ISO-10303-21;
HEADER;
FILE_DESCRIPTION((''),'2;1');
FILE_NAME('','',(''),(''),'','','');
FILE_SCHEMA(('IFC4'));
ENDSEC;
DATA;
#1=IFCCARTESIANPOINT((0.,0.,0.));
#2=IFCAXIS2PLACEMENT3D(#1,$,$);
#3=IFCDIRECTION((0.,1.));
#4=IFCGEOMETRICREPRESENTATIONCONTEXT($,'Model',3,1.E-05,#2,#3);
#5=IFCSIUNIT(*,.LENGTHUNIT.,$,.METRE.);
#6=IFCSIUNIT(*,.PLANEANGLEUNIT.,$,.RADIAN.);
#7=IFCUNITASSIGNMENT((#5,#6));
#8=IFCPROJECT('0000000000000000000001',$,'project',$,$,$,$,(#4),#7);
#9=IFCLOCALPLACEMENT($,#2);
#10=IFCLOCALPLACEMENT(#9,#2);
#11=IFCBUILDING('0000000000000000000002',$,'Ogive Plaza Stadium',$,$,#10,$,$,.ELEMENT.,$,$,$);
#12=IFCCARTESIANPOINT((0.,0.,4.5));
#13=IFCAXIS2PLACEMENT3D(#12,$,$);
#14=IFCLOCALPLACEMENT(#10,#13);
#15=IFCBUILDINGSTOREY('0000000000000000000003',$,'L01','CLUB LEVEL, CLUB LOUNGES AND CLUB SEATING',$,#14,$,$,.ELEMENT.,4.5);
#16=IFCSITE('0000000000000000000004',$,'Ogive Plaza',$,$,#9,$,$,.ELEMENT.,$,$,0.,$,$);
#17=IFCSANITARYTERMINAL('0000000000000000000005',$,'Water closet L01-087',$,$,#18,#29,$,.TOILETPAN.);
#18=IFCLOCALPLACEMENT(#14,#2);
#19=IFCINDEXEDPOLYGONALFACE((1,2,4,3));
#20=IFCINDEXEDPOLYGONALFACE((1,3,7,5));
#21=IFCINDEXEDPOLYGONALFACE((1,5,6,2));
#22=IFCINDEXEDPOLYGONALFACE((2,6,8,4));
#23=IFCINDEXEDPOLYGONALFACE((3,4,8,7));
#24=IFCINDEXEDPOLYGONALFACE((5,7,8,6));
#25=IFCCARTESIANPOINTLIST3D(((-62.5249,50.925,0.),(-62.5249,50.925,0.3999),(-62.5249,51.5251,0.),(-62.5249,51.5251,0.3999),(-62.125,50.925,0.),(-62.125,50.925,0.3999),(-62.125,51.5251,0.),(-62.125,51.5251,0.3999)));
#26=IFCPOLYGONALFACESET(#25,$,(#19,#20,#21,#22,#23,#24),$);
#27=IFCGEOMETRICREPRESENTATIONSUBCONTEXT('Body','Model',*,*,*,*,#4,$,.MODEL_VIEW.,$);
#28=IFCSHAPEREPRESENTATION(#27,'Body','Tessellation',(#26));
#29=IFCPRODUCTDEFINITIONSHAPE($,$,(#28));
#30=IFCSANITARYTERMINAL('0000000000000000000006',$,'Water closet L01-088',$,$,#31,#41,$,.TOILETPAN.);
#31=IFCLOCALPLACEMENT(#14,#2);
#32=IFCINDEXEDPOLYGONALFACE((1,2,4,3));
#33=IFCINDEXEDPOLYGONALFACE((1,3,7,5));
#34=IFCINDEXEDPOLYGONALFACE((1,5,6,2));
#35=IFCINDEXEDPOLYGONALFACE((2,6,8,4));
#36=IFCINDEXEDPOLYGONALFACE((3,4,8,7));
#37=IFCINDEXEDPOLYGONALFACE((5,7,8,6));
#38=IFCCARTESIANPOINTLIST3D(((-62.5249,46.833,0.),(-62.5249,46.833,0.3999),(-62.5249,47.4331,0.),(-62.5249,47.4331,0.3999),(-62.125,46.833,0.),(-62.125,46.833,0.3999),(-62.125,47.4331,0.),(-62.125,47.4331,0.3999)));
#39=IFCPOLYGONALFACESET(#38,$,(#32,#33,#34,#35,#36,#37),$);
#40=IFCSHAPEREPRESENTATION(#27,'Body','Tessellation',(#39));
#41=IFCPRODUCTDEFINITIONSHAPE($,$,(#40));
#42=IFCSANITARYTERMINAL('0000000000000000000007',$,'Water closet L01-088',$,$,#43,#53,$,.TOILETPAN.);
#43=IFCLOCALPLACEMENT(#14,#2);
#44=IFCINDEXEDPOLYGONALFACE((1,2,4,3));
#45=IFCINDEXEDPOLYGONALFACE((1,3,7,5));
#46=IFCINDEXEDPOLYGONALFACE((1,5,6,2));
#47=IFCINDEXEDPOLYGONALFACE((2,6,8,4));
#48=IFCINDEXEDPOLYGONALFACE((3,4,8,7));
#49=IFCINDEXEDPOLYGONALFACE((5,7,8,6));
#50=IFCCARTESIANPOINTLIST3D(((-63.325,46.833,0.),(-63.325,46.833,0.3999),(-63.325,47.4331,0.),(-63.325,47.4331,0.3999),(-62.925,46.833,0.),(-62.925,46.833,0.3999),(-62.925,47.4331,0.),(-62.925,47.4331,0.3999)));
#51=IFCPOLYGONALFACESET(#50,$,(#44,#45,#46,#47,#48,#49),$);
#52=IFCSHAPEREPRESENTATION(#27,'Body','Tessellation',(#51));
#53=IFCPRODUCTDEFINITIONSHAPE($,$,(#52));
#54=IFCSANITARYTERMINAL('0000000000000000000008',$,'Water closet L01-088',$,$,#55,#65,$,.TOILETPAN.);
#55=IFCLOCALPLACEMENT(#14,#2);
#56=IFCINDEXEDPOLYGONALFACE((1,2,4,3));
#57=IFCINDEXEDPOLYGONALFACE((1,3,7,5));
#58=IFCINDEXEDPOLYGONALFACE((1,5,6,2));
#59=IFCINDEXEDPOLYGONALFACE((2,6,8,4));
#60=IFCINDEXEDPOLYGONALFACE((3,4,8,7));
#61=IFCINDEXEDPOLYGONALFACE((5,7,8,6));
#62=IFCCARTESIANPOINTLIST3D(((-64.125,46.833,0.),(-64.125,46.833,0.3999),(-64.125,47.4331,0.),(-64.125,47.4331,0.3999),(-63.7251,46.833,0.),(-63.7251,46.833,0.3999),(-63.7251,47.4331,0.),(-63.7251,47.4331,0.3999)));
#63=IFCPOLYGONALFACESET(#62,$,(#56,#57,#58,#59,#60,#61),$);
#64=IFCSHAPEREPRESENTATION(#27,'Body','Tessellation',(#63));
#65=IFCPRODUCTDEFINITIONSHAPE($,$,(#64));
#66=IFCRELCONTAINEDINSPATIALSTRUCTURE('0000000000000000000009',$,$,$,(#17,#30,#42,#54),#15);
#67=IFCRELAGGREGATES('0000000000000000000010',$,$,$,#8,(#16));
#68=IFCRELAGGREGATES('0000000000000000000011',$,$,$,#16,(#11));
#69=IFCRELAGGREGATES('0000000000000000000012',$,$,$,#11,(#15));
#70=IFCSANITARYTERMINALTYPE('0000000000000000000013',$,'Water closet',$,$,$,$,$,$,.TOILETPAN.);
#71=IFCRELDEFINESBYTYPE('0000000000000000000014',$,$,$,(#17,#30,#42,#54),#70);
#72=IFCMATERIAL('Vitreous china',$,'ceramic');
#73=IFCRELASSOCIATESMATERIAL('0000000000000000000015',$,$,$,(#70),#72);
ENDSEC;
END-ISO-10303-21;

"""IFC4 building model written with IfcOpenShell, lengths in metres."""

from ifc_helpers import new_model, si_unit, direction, frame, origin, origin_2d, place, context, subcontext, project, spatial, rectangle, extrude, material, type_object, element, save


model = new_model("IFC4")

# Units and contexts
model_context = context("Model", 3, precision=1e-05, world=origin(), true_north=direction((0.0, 1.0)))
body_context = subcontext(model_context, "Body", "Model", "MODEL_VIEW")
ifc_project = project(units=[si_unit("LENGTHUNIT", "METRE"), si_unit("PLANEANGLEUNIT", "RADIAN")], contexts=[model_context])

# Site, building, storey
site_placement = place(None, origin())
site = spatial("IfcSite", under=ifc_project, at=site_placement, Name="Ogive Plaza", CompositionType="ELEMENT", RefElevation=0.0)
building_placement = place(site_placement, origin())
building = spatial("IfcBuilding", under=site, at=building_placement, Name="Ogive Plaza Stadium", CompositionType="ELEMENT")
storey_placement = place(building_placement, frame((0.0, 0.0, 4.5)))
storey = spatial("IfcBuildingStorey", under=building, at=storey_placement, Name="L01", Description="CLUB LEVEL, CLUB LOUNGES AND CLUB SEATING", CompositionType="ELEMENT", Elevation=4.5)

# Sanitary terminals
ifc_material_1 = material(Name="Vitreous china", Category="ceramic")
sanitary_terminal_type_1 = type_object("IfcSanitaryTerminalType", Name="Water closet", PredefinedType="TOILETPAN", material=ifc_material_1)
for number, where, z_axis, x_axis, name in (
    (1, (-62.325, 51.2251, 0.0), (0.0, 0.0, 1.0), (-1.0, 0.0, 0.0), "Water closet L01-087"),
    (2, (-62.325, 47.1331, 0.0), (0.0, 0.0, 1.0), (-1.0, 0.0, 0.0), "Water closet L01-088"),
    (3, (-63.125, 47.1331, 0.0), (0.0, 0.0, 1.0), (-1.0, 0.0, 0.0), "Water closet L01-088"),
    (4, (-63.925, 47.1331, 0.0), (0.0, 0.0, 1.0), (-1.0, 0.0, 0.0), "Water closet L01-088"),
):
    element("IfcSanitaryTerminal", number, at=place(storey_placement, frame(where, z_axis=z_axis, x_axis=x_axis)), inside=storey, type_object=sanitary_terminal_type_1, Name=name, PredefinedType="TOILETPAN", context=body_context, shape_type="SweptSolid", body=[
        extrude(rectangle(XDim=0.3999, YDim=0.6001, at=origin_2d()), origin(), (0.0, 0.0, 1.0), 0.3999),
    ])

save(model, "model.ifc")
